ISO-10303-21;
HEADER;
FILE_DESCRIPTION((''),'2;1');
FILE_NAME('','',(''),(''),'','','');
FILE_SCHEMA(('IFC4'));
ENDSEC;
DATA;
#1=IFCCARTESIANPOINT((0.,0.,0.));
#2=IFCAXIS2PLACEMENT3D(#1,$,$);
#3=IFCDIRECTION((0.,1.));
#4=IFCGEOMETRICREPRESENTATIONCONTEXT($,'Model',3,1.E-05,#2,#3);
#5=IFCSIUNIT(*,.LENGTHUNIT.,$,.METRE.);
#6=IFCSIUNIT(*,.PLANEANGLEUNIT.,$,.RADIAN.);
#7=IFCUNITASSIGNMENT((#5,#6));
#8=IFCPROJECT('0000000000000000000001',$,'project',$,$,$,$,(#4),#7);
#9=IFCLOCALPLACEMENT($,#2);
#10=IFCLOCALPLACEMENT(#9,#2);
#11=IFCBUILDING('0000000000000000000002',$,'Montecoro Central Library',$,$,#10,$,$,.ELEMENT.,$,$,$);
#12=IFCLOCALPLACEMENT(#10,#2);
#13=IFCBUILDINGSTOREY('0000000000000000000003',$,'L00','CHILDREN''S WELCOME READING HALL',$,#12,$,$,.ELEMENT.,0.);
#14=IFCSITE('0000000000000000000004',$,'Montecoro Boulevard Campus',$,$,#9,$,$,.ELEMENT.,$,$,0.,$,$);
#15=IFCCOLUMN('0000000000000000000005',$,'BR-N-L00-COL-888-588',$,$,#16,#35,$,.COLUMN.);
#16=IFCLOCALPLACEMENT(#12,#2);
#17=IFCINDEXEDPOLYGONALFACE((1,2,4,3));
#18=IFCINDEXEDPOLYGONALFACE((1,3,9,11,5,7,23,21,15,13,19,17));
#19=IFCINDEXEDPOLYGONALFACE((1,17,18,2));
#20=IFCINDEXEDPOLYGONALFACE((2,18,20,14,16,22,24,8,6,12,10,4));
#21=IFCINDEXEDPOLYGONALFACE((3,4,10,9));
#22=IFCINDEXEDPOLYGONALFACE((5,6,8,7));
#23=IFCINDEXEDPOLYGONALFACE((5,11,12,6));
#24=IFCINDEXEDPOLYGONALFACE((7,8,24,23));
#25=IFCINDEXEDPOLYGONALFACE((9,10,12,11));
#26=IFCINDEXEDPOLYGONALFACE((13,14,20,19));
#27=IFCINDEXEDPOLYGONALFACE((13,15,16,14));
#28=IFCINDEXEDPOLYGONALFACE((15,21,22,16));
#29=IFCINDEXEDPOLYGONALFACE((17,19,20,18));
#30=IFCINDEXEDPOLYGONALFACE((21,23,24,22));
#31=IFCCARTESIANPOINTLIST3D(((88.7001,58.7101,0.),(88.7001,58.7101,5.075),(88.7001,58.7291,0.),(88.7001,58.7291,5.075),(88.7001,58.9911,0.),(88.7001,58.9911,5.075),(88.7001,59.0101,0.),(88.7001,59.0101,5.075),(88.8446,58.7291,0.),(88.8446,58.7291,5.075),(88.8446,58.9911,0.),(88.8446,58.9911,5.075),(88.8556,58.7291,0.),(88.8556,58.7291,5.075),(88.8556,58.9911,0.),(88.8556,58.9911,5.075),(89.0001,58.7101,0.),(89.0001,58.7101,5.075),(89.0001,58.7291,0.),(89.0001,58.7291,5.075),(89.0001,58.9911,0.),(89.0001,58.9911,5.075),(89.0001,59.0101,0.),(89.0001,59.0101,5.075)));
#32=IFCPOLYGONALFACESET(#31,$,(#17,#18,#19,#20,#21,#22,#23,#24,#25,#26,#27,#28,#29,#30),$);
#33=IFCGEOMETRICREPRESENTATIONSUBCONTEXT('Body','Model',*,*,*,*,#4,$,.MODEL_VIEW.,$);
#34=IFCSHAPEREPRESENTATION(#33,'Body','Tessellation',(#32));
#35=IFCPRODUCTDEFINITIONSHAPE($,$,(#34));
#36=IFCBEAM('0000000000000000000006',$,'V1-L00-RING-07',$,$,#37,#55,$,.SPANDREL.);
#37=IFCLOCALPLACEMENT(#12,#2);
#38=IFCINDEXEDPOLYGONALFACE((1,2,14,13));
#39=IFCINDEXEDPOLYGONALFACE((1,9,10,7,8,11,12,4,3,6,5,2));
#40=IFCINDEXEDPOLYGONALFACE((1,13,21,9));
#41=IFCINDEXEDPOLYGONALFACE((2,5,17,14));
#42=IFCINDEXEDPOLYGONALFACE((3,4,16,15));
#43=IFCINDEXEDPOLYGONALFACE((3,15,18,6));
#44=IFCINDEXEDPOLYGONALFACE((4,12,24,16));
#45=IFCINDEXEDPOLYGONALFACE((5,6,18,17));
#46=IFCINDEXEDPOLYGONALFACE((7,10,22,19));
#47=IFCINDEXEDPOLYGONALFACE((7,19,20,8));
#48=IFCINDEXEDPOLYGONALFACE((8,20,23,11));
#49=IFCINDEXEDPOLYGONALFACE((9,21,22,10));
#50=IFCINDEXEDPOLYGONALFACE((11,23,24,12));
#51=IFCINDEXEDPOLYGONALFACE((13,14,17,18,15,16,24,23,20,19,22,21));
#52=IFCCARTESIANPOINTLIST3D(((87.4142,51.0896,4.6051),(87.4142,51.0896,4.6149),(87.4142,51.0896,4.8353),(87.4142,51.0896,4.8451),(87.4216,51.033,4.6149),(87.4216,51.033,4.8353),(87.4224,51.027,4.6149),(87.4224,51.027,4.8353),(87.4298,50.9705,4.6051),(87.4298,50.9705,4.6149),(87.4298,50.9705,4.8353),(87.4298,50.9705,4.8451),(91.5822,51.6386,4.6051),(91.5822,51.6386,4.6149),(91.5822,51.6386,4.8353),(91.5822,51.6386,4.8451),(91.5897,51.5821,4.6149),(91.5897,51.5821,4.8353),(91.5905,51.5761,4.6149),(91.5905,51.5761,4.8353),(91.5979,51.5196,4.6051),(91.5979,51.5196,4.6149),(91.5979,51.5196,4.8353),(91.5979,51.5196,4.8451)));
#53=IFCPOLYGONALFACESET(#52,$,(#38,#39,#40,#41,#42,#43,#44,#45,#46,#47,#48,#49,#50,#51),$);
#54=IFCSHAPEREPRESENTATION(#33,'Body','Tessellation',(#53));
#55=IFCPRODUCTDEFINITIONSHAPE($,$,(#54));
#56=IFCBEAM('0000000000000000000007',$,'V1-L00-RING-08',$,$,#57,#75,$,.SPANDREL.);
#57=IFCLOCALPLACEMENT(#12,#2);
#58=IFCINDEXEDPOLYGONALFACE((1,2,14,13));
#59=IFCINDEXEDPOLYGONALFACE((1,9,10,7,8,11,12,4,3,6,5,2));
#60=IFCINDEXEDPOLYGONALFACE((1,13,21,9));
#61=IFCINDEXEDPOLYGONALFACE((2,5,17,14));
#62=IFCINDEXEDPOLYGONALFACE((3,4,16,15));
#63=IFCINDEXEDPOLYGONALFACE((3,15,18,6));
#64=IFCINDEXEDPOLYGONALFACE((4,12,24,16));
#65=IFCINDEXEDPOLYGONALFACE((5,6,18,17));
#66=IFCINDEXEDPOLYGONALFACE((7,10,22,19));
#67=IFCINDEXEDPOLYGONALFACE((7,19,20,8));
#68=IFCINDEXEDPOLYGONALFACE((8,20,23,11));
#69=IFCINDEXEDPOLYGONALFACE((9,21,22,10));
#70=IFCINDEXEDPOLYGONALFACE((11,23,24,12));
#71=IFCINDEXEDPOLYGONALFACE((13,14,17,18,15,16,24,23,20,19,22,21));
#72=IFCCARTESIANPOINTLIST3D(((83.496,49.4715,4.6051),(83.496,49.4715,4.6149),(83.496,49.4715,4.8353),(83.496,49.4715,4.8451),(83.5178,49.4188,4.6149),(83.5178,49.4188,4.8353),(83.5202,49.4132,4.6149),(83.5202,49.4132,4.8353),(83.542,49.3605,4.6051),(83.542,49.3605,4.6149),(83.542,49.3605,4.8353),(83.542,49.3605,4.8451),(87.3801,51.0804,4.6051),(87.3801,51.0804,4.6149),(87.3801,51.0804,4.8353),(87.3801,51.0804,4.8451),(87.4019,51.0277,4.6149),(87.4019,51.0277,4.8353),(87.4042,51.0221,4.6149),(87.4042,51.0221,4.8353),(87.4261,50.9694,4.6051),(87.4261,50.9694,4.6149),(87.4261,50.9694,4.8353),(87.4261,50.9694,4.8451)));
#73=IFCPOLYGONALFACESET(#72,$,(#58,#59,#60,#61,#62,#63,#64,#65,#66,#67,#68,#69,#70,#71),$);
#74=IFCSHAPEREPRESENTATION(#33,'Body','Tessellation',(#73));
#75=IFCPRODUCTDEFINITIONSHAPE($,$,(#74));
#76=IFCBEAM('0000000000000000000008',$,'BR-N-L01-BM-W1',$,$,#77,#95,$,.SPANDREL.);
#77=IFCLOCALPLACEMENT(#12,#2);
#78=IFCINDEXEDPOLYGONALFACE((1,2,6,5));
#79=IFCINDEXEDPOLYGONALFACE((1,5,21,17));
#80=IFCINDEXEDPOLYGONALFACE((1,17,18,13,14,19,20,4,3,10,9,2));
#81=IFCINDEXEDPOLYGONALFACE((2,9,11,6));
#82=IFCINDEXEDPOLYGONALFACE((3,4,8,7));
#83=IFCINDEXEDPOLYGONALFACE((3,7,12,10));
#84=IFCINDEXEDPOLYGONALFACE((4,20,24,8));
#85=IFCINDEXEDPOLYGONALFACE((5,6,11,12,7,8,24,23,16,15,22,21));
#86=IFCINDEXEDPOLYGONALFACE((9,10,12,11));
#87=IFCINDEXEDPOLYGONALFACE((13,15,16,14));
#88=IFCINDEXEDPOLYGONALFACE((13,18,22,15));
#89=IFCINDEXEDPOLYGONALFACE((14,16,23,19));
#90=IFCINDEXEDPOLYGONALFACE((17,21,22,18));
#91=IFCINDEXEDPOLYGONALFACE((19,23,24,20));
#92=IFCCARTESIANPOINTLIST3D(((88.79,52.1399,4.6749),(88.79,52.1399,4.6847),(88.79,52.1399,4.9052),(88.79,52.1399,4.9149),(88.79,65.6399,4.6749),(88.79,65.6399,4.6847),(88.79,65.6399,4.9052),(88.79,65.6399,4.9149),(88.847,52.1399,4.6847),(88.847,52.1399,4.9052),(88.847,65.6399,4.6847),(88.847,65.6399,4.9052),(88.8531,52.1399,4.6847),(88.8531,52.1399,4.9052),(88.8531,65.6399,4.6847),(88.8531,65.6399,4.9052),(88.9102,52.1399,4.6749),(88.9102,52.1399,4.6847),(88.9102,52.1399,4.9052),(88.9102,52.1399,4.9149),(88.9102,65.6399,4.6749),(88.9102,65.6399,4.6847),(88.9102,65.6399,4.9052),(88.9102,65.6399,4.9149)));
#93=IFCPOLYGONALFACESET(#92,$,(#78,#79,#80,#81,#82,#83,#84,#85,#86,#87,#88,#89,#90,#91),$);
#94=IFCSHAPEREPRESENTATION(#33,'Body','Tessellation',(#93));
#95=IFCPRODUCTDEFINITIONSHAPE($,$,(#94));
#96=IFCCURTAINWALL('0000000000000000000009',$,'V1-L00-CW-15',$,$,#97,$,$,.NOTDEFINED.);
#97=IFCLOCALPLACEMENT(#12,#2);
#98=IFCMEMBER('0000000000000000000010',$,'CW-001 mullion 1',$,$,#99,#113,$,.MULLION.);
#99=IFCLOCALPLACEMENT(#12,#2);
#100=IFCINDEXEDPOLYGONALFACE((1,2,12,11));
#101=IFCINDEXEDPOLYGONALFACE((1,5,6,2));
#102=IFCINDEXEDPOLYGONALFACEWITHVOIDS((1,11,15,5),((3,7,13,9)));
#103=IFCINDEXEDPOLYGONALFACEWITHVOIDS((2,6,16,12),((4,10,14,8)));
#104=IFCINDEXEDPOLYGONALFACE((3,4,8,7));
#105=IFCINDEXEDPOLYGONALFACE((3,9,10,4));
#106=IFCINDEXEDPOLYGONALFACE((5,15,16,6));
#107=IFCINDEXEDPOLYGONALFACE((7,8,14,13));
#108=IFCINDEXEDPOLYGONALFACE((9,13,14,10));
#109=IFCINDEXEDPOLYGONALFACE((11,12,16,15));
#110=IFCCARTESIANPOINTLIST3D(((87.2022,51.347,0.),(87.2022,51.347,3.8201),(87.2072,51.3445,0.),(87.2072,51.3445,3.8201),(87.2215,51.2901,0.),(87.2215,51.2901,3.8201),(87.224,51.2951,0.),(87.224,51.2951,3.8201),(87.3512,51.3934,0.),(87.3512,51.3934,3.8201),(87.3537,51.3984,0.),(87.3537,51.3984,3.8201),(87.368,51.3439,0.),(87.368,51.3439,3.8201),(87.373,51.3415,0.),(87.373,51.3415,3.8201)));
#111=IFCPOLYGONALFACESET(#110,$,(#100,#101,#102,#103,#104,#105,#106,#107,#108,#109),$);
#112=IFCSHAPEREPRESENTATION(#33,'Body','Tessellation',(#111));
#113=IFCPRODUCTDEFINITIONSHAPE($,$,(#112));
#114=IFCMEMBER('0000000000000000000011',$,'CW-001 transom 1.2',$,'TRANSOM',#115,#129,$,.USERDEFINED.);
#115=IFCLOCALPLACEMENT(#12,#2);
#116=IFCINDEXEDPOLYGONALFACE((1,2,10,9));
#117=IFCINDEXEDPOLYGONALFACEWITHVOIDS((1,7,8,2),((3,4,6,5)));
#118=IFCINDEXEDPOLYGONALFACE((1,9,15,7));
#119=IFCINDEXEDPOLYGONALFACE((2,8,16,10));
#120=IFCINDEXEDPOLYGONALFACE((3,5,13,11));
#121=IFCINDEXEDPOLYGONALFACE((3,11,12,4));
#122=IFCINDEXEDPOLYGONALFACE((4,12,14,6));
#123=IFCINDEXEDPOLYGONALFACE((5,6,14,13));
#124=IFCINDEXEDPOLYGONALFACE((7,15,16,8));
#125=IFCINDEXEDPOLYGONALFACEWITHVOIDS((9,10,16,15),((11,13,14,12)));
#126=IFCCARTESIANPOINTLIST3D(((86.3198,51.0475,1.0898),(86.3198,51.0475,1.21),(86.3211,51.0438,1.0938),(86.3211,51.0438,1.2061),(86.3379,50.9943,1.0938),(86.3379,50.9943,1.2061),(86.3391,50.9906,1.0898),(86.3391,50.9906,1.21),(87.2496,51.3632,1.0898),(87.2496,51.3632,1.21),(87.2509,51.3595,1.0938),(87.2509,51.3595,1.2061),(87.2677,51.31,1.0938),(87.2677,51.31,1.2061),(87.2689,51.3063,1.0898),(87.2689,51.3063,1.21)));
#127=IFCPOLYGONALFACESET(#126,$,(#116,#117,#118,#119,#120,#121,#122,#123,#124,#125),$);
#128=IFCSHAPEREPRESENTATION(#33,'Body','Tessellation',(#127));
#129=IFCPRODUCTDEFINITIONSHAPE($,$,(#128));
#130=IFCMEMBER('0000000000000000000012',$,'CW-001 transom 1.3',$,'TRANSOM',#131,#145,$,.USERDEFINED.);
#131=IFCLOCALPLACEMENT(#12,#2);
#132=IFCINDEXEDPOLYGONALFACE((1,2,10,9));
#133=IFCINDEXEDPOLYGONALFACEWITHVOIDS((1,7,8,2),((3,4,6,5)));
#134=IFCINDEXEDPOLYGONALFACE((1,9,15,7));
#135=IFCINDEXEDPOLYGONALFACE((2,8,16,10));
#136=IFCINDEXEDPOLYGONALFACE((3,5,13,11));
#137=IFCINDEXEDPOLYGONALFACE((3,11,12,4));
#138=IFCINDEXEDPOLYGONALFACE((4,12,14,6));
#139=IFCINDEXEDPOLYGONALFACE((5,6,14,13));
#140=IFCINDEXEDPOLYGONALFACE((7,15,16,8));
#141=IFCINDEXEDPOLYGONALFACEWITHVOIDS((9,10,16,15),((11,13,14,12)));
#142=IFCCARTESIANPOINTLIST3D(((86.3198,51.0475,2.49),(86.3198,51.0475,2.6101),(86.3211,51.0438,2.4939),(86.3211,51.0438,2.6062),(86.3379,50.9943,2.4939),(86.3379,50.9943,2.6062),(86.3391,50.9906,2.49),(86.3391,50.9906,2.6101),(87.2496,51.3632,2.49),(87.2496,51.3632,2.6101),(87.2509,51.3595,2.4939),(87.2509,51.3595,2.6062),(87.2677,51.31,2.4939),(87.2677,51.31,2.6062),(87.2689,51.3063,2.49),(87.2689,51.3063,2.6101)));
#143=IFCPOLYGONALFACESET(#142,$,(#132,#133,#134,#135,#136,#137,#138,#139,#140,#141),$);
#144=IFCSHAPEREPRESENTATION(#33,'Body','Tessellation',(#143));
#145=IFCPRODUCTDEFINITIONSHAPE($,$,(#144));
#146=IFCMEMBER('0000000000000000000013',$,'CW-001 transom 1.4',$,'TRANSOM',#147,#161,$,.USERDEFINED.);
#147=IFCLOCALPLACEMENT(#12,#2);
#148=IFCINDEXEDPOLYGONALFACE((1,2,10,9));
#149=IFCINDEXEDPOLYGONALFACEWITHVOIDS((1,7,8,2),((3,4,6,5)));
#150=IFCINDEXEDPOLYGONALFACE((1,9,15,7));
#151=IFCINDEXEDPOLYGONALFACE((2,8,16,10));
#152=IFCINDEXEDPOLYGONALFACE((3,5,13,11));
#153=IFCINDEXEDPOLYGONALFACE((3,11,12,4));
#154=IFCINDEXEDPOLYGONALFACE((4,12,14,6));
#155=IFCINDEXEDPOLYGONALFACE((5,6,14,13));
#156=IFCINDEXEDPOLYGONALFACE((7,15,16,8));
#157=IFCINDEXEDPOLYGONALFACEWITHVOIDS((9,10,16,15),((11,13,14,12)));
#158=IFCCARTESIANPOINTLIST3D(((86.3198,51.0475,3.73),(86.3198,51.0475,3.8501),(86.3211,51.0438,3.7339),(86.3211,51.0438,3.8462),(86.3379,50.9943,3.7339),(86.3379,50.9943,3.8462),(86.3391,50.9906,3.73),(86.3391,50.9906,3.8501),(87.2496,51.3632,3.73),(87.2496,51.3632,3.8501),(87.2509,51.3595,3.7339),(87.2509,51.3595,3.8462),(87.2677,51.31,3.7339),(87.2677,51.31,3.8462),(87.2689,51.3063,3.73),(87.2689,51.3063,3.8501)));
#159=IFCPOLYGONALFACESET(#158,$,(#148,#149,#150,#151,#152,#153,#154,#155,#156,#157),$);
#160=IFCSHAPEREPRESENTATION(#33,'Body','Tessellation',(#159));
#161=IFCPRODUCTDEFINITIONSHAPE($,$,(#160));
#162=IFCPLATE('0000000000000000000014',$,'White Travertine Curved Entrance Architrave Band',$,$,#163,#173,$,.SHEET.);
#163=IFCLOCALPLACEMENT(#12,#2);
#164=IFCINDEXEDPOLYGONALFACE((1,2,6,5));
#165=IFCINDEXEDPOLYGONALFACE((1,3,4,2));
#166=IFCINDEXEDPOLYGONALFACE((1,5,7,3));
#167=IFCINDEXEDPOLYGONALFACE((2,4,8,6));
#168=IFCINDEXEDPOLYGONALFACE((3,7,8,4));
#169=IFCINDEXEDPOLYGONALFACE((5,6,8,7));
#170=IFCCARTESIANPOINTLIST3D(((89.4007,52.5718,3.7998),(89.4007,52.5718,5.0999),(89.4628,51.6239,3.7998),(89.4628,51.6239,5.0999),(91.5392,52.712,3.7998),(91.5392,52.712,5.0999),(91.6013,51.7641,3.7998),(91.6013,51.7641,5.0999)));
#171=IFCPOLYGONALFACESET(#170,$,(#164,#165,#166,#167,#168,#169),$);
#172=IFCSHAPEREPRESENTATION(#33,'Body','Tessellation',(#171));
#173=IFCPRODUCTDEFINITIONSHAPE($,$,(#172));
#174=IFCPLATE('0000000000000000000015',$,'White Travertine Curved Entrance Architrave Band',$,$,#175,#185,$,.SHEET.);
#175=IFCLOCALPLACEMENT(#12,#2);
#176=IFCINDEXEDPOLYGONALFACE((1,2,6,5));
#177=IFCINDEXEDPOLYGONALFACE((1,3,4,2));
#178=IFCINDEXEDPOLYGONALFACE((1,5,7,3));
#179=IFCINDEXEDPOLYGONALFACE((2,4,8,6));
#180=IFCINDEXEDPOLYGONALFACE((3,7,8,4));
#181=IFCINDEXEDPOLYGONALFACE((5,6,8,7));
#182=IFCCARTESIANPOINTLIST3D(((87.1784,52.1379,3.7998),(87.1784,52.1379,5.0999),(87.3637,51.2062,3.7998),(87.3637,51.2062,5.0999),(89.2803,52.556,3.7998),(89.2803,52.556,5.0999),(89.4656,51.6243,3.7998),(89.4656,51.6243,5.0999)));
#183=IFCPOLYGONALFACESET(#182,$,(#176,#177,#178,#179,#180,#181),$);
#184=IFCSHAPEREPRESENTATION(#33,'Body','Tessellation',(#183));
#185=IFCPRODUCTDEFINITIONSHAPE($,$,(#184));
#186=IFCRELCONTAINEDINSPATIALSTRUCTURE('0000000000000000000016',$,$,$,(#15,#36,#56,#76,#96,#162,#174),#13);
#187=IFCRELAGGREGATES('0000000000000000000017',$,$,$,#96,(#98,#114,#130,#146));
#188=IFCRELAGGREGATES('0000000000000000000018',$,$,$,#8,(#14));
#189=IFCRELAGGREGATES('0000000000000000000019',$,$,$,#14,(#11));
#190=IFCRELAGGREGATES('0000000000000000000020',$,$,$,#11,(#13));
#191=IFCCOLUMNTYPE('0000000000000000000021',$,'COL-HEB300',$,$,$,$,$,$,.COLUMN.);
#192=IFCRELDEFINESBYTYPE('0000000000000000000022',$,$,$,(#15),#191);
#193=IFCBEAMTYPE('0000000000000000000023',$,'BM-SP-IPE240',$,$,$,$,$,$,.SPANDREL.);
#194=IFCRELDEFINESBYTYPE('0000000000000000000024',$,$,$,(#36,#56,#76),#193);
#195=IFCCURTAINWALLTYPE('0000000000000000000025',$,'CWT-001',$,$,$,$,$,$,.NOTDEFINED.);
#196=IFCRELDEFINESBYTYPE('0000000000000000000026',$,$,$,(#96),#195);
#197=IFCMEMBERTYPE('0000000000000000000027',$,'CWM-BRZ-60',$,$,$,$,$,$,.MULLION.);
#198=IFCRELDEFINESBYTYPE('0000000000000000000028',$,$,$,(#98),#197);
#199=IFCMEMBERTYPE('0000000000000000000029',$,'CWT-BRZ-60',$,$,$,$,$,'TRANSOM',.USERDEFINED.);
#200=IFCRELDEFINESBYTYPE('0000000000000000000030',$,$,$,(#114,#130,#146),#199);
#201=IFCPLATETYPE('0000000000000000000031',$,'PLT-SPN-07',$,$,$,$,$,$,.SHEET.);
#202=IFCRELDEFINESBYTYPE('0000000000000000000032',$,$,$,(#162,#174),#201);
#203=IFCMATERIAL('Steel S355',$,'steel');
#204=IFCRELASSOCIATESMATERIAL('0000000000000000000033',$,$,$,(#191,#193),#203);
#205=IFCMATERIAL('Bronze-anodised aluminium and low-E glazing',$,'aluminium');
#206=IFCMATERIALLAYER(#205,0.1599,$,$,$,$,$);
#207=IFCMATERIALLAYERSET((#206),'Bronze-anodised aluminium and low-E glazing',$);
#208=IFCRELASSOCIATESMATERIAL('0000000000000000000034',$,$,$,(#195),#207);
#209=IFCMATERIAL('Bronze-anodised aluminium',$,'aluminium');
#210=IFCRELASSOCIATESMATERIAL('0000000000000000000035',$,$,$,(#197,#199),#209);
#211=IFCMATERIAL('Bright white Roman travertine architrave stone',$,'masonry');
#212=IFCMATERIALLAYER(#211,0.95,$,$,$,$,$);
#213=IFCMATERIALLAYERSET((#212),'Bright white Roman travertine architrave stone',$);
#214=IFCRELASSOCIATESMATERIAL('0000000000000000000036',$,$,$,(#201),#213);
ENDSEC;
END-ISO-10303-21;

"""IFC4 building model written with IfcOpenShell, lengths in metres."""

from ifc_helpers import new_model, si_unit, direction, frame, origin, origin_2d, place, context, subcontext, project, spatial, rectangle, hollow_rectangle, i_section, extrude, material, layer, layer_set, material_profile, profile_set, type_object, element, aggregate, save


model = new_model("IFC4")

# Units and contexts
model_context = context("Model", 3, precision=1e-05, world=origin(), true_north=direction((0.0, 1.0)))
body_context = subcontext(model_context, "Body", "Model", "MODEL_VIEW")
ifc_project = project(units=[si_unit("LENGTHUNIT", "METRE"), si_unit("PLANEANGLEUNIT", "RADIAN")], contexts=[model_context])

# Site, building, storey
site_placement = place(None, origin())
site = spatial("IfcSite", under=ifc_project, at=site_placement, Name="Montecoro Boulevard Campus", CompositionType="ELEMENT", RefElevation=0.0)
building_placement = place(site_placement, origin())
building = spatial("IfcBuilding", under=site, at=building_placement, Name="Montecoro Central Library", CompositionType="ELEMENT")
storey_placement = place(building_placement, origin())
storey = spatial("IfcBuildingStorey", under=building, at=storey_placement, Name="L00", Description="CHILDREN'S WELCOME READING HALL", CompositionType="ELEMENT", Elevation=0.0)

# Column
ifc_material_1 = material(Name="Steel S355", Category="steel")
ifc_material_profile_1 = material_profile(ifc_material_1, i_section(OverallWidth=0.3, OverallDepth=0.3, WebThickness=0.011, FlangeThickness=0.019, at=origin_2d()), Name="HEB 300")
ifc_profile_set_1 = profile_set([ifc_material_profile_1], Name="Steel S355")
column_type_1 = type_object("IfcColumnType", Name="COL-HEB300", PredefinedType="COLUMN", material=ifc_profile_set_1)
for number, where, z_axis, x_axis, name in (
    (1, (88.8501, 58.8601, 0.0), (0.0, 0.0, 1.0), (1.0, 0.0, 0.0), "BR-N-L00-COL-888-588"),
):
    element("IfcColumn", number, at=place(storey_placement, frame(where, z_axis=z_axis, x_axis=x_axis)), inside=storey, type_object=column_type_1, Name=name, PredefinedType="COLUMN", context=body_context, shape_type="SweptSolid", body=[
        extrude(i_section(OverallWidth=0.3, OverallDepth=0.3, WebThickness=0.011, FlangeThickness=0.019, at=origin_2d()), origin(), (0.0, 0.0, 1.0), 5.075),
    ])

# Beams
ifc_material_profile_2 = material_profile(ifc_material_1, i_section(OverallWidth=0.1201, OverallDepth=0.24, WebThickness=0.0061, FlangeThickness=0.0098, at=origin_2d()), Name="IPE 240")
ifc_profile_set_2 = profile_set([ifc_material_profile_2], Name="Steel S355")
beam_type = type_object("IfcBeamType", Name="BM-SP-IPE240", PredefinedType="SPANDREL", material=ifc_profile_set_2)
for number, where, z_axis, x_axis, name in (
    (2, (91.5901, 51.5791, 4.7251), (-0.991434, -0.130608, 0.0), (0.130608, -0.991434, 0.0), "V1-L00-RING-07"),
    (3, (87.4031, 51.0249, 4.7251), (-0.923874, -0.382697, 0.0), (0.382697, -0.923874, 0.0), "V1-L00-RING-08"),
):
    element("IfcBeam", number, at=place(storey_placement, frame(where, z_axis=z_axis, x_axis=x_axis)), inside=storey, type_object=beam_type, Name=name, PredefinedType="SPANDREL", context=body_context, shape_type="SweptSolid", body=[
        extrude(i_section(OverallWidth=0.1201, OverallDepth=0.24, WebThickness=0.0061, FlangeThickness=0.0098, at=origin_2d()), origin(), (0.0, 0.0, 1.0), 4.2041),
    ])
beam_placement = place(storey_placement, frame((88.8501, 52.1399, 4.7949), z_axis=(0.0, 1.0, 0.0), x_axis=(-1.0, 0.0, 0.0)))
element("IfcBeam", 4, at=beam_placement, inside=storey, type_object=beam_type, Name="BR-N-L01-BM-W1", PredefinedType="SPANDREL", context=body_context, shape_type="SweptSolid", body=[
    extrude(i_section(OverallWidth=0.1201, OverallDepth=0.24, WebThickness=0.0061, FlangeThickness=0.0098, at=origin_2d()), origin(), (0.0, 0.0, 1.0), 13.5),
])

# Curtain wall, members
ifc_material_2 = material(Name="Bronze-anodised aluminium and low-E glazing", Category="aluminium")
ifc_layer_1 = layer(ifc_material_2, 0.1599)
ifc_layer_set_1 = layer_set([ifc_layer_1], Name="Bronze-anodised aluminium and low-E glazing")
curtain_wall_type = type_object("IfcCurtainWallType", Name="CWT-001", PredefinedType="NOTDEFINED", material=ifc_layer_set_1)
curtain_wall_placement = place(storey_placement, origin())
curtain_wall = element("IfcCurtainWall", 5, at=curtain_wall_placement, inside=storey, type_object=curtain_wall_type, Name="V1-L00-CW-15", PredefinedType="NOTDEFINED")
ifc_material_3 = material(Name="Bronze-anodised aluminium", Category="aluminium")
ifc_material_profile_3 = material_profile(ifc_material_3, hollow_rectangle(XDim=0.0601, YDim=0.1599, WallThickness=0.0039, at=origin_2d()), Name="CWM 160x60x4.0")
ifc_profile_set_3 = profile_set([ifc_material_profile_3], Name="Bronze-anodised aluminium")
member_type_1 = type_object("IfcMemberType", Name="CWM-BRZ-60", PredefinedType="MULLION", material=ifc_profile_set_3)
member_1_placement = place(storey_placement, frame((87.2876, 51.3442, 0.0), z_axis=(0.0, 0.0, 1.0), x_axis=(0.321401, -0.946943, 0.0)))
member_1 = element("IfcMember", 6, at=member_1_placement, type_object=member_type_1, Name="CW-001 mullion 1", PredefinedType="MULLION", context=body_context, shape_type="SweptSolid", body=[
    extrude(hollow_rectangle(XDim=0.0601, YDim=0.1599, WallThickness=0.0039, at=origin_2d()), origin(), (0.0, 0.0, 1.0), 3.8201),
])
ifc_material_profile_4 = material_profile(ifc_material_3, hollow_rectangle(XDim=0.0601, YDim=0.1201, WallThickness=0.0039, at=origin_2d()), Name="CWT 120x60x4.0")
ifc_profile_set_4 = profile_set([ifc_material_profile_4], Name="Bronze-anodised aluminium")
member_type_2 = type_object("IfcMemberType", Name="CWT-BRZ-60", ElementType="TRANSOM", PredefinedType="USERDEFINED", material=ifc_profile_set_4)
member_2_placement = place(storey_placement, frame((87.2593, 51.3347, 1.1499), z_axis=(-0.946929, -0.321444, 0.0), x_axis=(0.321444, -0.946929, 0.0)))
member_2 = element("IfcMember", 7, at=member_2_placement, type_object=member_type_2, Name="CW-001 transom 1.2", ObjectType="TRANSOM", PredefinedType="USERDEFINED", context=body_context, shape_type="SweptSolid", body=[
    extrude(hollow_rectangle(XDim=0.0601, YDim=0.1201, WallThickness=0.0039, at=origin_2d()), origin(), (0.0, 0.0, 1.0), 0.9819),
])
member_3_placement = place(storey_placement, frame((87.2593, 51.3347, 2.55), z_axis=(-0.946929, -0.321444, 0.0), x_axis=(0.321444, -0.946929, 0.0)))
member_3 = element("IfcMember", 8, at=member_3_placement, type_object=member_type_2, Name="CW-001 transom 1.3", ObjectType="TRANSOM", PredefinedType="USERDEFINED", context=body_context, shape_type="SweptSolid", body=[
    extrude(hollow_rectangle(XDim=0.0601, YDim=0.1201, WallThickness=0.0039, at=origin_2d()), origin(), (0.0, 0.0, 1.0), 0.9819),
])
member_4_placement = place(storey_placement, frame((87.2593, 51.3347, 3.79), z_axis=(-0.946929, -0.321444, 0.0), x_axis=(0.321444, -0.946929, 0.0)))
member_4 = element("IfcMember", 9, at=member_4_placement, type_object=member_type_2, Name="CW-001 transom 1.4", ObjectType="TRANSOM", PredefinedType="USERDEFINED", context=body_context, shape_type="SweptSolid", body=[
    extrude(hollow_rectangle(XDim=0.0601, YDim=0.1201, WallThickness=0.0039, at=origin_2d()), origin(), (0.0, 0.0, 1.0), 0.9819),
])
aggregate(curtain_wall, [member_1, member_2, member_3, member_4])

# Plates
ifc_material_4 = material(Name="Bright white Roman travertine architrave stone", Category="masonry")
ifc_layer_2 = layer(ifc_material_4, 0.95)
ifc_layer_set_2 = layer_set([ifc_layer_2], Name="Bright white Roman travertine architrave stone")
plate_type = type_object("IfcPlateType", Name="PLT-SPN-07", PredefinedType="SHEET", material=ifc_layer_set_2)
for number, where, z_axis, x_axis, name in (
    (10, (90.501, 52.168, 3.7998), (0.0, 0.0, 1.0), (-0.997859, -0.065403, 0.0), "White Travertine Curved Entrance Architrave Band"),
    (11, (88.322, 51.8811, 3.7998), (0.0, 0.0, 1.0), (-0.980785, -0.19509, 0.0), "White Travertine Curved Entrance Architrave Band"),
):
    element("IfcPlate", number, at=place(storey_placement, frame(where, z_axis=z_axis, x_axis=x_axis)), inside=storey, type_object=plate_type, Name=name, PredefinedType="SHEET", context=body_context, shape_type="SweptSolid", body=[
        extrude(rectangle(XDim=2.1431, YDim=0.95, at=origin_2d()), origin(), (0.0, 0.0, 1.0), 1.3),
    ])

save(model, "model.ifc")
